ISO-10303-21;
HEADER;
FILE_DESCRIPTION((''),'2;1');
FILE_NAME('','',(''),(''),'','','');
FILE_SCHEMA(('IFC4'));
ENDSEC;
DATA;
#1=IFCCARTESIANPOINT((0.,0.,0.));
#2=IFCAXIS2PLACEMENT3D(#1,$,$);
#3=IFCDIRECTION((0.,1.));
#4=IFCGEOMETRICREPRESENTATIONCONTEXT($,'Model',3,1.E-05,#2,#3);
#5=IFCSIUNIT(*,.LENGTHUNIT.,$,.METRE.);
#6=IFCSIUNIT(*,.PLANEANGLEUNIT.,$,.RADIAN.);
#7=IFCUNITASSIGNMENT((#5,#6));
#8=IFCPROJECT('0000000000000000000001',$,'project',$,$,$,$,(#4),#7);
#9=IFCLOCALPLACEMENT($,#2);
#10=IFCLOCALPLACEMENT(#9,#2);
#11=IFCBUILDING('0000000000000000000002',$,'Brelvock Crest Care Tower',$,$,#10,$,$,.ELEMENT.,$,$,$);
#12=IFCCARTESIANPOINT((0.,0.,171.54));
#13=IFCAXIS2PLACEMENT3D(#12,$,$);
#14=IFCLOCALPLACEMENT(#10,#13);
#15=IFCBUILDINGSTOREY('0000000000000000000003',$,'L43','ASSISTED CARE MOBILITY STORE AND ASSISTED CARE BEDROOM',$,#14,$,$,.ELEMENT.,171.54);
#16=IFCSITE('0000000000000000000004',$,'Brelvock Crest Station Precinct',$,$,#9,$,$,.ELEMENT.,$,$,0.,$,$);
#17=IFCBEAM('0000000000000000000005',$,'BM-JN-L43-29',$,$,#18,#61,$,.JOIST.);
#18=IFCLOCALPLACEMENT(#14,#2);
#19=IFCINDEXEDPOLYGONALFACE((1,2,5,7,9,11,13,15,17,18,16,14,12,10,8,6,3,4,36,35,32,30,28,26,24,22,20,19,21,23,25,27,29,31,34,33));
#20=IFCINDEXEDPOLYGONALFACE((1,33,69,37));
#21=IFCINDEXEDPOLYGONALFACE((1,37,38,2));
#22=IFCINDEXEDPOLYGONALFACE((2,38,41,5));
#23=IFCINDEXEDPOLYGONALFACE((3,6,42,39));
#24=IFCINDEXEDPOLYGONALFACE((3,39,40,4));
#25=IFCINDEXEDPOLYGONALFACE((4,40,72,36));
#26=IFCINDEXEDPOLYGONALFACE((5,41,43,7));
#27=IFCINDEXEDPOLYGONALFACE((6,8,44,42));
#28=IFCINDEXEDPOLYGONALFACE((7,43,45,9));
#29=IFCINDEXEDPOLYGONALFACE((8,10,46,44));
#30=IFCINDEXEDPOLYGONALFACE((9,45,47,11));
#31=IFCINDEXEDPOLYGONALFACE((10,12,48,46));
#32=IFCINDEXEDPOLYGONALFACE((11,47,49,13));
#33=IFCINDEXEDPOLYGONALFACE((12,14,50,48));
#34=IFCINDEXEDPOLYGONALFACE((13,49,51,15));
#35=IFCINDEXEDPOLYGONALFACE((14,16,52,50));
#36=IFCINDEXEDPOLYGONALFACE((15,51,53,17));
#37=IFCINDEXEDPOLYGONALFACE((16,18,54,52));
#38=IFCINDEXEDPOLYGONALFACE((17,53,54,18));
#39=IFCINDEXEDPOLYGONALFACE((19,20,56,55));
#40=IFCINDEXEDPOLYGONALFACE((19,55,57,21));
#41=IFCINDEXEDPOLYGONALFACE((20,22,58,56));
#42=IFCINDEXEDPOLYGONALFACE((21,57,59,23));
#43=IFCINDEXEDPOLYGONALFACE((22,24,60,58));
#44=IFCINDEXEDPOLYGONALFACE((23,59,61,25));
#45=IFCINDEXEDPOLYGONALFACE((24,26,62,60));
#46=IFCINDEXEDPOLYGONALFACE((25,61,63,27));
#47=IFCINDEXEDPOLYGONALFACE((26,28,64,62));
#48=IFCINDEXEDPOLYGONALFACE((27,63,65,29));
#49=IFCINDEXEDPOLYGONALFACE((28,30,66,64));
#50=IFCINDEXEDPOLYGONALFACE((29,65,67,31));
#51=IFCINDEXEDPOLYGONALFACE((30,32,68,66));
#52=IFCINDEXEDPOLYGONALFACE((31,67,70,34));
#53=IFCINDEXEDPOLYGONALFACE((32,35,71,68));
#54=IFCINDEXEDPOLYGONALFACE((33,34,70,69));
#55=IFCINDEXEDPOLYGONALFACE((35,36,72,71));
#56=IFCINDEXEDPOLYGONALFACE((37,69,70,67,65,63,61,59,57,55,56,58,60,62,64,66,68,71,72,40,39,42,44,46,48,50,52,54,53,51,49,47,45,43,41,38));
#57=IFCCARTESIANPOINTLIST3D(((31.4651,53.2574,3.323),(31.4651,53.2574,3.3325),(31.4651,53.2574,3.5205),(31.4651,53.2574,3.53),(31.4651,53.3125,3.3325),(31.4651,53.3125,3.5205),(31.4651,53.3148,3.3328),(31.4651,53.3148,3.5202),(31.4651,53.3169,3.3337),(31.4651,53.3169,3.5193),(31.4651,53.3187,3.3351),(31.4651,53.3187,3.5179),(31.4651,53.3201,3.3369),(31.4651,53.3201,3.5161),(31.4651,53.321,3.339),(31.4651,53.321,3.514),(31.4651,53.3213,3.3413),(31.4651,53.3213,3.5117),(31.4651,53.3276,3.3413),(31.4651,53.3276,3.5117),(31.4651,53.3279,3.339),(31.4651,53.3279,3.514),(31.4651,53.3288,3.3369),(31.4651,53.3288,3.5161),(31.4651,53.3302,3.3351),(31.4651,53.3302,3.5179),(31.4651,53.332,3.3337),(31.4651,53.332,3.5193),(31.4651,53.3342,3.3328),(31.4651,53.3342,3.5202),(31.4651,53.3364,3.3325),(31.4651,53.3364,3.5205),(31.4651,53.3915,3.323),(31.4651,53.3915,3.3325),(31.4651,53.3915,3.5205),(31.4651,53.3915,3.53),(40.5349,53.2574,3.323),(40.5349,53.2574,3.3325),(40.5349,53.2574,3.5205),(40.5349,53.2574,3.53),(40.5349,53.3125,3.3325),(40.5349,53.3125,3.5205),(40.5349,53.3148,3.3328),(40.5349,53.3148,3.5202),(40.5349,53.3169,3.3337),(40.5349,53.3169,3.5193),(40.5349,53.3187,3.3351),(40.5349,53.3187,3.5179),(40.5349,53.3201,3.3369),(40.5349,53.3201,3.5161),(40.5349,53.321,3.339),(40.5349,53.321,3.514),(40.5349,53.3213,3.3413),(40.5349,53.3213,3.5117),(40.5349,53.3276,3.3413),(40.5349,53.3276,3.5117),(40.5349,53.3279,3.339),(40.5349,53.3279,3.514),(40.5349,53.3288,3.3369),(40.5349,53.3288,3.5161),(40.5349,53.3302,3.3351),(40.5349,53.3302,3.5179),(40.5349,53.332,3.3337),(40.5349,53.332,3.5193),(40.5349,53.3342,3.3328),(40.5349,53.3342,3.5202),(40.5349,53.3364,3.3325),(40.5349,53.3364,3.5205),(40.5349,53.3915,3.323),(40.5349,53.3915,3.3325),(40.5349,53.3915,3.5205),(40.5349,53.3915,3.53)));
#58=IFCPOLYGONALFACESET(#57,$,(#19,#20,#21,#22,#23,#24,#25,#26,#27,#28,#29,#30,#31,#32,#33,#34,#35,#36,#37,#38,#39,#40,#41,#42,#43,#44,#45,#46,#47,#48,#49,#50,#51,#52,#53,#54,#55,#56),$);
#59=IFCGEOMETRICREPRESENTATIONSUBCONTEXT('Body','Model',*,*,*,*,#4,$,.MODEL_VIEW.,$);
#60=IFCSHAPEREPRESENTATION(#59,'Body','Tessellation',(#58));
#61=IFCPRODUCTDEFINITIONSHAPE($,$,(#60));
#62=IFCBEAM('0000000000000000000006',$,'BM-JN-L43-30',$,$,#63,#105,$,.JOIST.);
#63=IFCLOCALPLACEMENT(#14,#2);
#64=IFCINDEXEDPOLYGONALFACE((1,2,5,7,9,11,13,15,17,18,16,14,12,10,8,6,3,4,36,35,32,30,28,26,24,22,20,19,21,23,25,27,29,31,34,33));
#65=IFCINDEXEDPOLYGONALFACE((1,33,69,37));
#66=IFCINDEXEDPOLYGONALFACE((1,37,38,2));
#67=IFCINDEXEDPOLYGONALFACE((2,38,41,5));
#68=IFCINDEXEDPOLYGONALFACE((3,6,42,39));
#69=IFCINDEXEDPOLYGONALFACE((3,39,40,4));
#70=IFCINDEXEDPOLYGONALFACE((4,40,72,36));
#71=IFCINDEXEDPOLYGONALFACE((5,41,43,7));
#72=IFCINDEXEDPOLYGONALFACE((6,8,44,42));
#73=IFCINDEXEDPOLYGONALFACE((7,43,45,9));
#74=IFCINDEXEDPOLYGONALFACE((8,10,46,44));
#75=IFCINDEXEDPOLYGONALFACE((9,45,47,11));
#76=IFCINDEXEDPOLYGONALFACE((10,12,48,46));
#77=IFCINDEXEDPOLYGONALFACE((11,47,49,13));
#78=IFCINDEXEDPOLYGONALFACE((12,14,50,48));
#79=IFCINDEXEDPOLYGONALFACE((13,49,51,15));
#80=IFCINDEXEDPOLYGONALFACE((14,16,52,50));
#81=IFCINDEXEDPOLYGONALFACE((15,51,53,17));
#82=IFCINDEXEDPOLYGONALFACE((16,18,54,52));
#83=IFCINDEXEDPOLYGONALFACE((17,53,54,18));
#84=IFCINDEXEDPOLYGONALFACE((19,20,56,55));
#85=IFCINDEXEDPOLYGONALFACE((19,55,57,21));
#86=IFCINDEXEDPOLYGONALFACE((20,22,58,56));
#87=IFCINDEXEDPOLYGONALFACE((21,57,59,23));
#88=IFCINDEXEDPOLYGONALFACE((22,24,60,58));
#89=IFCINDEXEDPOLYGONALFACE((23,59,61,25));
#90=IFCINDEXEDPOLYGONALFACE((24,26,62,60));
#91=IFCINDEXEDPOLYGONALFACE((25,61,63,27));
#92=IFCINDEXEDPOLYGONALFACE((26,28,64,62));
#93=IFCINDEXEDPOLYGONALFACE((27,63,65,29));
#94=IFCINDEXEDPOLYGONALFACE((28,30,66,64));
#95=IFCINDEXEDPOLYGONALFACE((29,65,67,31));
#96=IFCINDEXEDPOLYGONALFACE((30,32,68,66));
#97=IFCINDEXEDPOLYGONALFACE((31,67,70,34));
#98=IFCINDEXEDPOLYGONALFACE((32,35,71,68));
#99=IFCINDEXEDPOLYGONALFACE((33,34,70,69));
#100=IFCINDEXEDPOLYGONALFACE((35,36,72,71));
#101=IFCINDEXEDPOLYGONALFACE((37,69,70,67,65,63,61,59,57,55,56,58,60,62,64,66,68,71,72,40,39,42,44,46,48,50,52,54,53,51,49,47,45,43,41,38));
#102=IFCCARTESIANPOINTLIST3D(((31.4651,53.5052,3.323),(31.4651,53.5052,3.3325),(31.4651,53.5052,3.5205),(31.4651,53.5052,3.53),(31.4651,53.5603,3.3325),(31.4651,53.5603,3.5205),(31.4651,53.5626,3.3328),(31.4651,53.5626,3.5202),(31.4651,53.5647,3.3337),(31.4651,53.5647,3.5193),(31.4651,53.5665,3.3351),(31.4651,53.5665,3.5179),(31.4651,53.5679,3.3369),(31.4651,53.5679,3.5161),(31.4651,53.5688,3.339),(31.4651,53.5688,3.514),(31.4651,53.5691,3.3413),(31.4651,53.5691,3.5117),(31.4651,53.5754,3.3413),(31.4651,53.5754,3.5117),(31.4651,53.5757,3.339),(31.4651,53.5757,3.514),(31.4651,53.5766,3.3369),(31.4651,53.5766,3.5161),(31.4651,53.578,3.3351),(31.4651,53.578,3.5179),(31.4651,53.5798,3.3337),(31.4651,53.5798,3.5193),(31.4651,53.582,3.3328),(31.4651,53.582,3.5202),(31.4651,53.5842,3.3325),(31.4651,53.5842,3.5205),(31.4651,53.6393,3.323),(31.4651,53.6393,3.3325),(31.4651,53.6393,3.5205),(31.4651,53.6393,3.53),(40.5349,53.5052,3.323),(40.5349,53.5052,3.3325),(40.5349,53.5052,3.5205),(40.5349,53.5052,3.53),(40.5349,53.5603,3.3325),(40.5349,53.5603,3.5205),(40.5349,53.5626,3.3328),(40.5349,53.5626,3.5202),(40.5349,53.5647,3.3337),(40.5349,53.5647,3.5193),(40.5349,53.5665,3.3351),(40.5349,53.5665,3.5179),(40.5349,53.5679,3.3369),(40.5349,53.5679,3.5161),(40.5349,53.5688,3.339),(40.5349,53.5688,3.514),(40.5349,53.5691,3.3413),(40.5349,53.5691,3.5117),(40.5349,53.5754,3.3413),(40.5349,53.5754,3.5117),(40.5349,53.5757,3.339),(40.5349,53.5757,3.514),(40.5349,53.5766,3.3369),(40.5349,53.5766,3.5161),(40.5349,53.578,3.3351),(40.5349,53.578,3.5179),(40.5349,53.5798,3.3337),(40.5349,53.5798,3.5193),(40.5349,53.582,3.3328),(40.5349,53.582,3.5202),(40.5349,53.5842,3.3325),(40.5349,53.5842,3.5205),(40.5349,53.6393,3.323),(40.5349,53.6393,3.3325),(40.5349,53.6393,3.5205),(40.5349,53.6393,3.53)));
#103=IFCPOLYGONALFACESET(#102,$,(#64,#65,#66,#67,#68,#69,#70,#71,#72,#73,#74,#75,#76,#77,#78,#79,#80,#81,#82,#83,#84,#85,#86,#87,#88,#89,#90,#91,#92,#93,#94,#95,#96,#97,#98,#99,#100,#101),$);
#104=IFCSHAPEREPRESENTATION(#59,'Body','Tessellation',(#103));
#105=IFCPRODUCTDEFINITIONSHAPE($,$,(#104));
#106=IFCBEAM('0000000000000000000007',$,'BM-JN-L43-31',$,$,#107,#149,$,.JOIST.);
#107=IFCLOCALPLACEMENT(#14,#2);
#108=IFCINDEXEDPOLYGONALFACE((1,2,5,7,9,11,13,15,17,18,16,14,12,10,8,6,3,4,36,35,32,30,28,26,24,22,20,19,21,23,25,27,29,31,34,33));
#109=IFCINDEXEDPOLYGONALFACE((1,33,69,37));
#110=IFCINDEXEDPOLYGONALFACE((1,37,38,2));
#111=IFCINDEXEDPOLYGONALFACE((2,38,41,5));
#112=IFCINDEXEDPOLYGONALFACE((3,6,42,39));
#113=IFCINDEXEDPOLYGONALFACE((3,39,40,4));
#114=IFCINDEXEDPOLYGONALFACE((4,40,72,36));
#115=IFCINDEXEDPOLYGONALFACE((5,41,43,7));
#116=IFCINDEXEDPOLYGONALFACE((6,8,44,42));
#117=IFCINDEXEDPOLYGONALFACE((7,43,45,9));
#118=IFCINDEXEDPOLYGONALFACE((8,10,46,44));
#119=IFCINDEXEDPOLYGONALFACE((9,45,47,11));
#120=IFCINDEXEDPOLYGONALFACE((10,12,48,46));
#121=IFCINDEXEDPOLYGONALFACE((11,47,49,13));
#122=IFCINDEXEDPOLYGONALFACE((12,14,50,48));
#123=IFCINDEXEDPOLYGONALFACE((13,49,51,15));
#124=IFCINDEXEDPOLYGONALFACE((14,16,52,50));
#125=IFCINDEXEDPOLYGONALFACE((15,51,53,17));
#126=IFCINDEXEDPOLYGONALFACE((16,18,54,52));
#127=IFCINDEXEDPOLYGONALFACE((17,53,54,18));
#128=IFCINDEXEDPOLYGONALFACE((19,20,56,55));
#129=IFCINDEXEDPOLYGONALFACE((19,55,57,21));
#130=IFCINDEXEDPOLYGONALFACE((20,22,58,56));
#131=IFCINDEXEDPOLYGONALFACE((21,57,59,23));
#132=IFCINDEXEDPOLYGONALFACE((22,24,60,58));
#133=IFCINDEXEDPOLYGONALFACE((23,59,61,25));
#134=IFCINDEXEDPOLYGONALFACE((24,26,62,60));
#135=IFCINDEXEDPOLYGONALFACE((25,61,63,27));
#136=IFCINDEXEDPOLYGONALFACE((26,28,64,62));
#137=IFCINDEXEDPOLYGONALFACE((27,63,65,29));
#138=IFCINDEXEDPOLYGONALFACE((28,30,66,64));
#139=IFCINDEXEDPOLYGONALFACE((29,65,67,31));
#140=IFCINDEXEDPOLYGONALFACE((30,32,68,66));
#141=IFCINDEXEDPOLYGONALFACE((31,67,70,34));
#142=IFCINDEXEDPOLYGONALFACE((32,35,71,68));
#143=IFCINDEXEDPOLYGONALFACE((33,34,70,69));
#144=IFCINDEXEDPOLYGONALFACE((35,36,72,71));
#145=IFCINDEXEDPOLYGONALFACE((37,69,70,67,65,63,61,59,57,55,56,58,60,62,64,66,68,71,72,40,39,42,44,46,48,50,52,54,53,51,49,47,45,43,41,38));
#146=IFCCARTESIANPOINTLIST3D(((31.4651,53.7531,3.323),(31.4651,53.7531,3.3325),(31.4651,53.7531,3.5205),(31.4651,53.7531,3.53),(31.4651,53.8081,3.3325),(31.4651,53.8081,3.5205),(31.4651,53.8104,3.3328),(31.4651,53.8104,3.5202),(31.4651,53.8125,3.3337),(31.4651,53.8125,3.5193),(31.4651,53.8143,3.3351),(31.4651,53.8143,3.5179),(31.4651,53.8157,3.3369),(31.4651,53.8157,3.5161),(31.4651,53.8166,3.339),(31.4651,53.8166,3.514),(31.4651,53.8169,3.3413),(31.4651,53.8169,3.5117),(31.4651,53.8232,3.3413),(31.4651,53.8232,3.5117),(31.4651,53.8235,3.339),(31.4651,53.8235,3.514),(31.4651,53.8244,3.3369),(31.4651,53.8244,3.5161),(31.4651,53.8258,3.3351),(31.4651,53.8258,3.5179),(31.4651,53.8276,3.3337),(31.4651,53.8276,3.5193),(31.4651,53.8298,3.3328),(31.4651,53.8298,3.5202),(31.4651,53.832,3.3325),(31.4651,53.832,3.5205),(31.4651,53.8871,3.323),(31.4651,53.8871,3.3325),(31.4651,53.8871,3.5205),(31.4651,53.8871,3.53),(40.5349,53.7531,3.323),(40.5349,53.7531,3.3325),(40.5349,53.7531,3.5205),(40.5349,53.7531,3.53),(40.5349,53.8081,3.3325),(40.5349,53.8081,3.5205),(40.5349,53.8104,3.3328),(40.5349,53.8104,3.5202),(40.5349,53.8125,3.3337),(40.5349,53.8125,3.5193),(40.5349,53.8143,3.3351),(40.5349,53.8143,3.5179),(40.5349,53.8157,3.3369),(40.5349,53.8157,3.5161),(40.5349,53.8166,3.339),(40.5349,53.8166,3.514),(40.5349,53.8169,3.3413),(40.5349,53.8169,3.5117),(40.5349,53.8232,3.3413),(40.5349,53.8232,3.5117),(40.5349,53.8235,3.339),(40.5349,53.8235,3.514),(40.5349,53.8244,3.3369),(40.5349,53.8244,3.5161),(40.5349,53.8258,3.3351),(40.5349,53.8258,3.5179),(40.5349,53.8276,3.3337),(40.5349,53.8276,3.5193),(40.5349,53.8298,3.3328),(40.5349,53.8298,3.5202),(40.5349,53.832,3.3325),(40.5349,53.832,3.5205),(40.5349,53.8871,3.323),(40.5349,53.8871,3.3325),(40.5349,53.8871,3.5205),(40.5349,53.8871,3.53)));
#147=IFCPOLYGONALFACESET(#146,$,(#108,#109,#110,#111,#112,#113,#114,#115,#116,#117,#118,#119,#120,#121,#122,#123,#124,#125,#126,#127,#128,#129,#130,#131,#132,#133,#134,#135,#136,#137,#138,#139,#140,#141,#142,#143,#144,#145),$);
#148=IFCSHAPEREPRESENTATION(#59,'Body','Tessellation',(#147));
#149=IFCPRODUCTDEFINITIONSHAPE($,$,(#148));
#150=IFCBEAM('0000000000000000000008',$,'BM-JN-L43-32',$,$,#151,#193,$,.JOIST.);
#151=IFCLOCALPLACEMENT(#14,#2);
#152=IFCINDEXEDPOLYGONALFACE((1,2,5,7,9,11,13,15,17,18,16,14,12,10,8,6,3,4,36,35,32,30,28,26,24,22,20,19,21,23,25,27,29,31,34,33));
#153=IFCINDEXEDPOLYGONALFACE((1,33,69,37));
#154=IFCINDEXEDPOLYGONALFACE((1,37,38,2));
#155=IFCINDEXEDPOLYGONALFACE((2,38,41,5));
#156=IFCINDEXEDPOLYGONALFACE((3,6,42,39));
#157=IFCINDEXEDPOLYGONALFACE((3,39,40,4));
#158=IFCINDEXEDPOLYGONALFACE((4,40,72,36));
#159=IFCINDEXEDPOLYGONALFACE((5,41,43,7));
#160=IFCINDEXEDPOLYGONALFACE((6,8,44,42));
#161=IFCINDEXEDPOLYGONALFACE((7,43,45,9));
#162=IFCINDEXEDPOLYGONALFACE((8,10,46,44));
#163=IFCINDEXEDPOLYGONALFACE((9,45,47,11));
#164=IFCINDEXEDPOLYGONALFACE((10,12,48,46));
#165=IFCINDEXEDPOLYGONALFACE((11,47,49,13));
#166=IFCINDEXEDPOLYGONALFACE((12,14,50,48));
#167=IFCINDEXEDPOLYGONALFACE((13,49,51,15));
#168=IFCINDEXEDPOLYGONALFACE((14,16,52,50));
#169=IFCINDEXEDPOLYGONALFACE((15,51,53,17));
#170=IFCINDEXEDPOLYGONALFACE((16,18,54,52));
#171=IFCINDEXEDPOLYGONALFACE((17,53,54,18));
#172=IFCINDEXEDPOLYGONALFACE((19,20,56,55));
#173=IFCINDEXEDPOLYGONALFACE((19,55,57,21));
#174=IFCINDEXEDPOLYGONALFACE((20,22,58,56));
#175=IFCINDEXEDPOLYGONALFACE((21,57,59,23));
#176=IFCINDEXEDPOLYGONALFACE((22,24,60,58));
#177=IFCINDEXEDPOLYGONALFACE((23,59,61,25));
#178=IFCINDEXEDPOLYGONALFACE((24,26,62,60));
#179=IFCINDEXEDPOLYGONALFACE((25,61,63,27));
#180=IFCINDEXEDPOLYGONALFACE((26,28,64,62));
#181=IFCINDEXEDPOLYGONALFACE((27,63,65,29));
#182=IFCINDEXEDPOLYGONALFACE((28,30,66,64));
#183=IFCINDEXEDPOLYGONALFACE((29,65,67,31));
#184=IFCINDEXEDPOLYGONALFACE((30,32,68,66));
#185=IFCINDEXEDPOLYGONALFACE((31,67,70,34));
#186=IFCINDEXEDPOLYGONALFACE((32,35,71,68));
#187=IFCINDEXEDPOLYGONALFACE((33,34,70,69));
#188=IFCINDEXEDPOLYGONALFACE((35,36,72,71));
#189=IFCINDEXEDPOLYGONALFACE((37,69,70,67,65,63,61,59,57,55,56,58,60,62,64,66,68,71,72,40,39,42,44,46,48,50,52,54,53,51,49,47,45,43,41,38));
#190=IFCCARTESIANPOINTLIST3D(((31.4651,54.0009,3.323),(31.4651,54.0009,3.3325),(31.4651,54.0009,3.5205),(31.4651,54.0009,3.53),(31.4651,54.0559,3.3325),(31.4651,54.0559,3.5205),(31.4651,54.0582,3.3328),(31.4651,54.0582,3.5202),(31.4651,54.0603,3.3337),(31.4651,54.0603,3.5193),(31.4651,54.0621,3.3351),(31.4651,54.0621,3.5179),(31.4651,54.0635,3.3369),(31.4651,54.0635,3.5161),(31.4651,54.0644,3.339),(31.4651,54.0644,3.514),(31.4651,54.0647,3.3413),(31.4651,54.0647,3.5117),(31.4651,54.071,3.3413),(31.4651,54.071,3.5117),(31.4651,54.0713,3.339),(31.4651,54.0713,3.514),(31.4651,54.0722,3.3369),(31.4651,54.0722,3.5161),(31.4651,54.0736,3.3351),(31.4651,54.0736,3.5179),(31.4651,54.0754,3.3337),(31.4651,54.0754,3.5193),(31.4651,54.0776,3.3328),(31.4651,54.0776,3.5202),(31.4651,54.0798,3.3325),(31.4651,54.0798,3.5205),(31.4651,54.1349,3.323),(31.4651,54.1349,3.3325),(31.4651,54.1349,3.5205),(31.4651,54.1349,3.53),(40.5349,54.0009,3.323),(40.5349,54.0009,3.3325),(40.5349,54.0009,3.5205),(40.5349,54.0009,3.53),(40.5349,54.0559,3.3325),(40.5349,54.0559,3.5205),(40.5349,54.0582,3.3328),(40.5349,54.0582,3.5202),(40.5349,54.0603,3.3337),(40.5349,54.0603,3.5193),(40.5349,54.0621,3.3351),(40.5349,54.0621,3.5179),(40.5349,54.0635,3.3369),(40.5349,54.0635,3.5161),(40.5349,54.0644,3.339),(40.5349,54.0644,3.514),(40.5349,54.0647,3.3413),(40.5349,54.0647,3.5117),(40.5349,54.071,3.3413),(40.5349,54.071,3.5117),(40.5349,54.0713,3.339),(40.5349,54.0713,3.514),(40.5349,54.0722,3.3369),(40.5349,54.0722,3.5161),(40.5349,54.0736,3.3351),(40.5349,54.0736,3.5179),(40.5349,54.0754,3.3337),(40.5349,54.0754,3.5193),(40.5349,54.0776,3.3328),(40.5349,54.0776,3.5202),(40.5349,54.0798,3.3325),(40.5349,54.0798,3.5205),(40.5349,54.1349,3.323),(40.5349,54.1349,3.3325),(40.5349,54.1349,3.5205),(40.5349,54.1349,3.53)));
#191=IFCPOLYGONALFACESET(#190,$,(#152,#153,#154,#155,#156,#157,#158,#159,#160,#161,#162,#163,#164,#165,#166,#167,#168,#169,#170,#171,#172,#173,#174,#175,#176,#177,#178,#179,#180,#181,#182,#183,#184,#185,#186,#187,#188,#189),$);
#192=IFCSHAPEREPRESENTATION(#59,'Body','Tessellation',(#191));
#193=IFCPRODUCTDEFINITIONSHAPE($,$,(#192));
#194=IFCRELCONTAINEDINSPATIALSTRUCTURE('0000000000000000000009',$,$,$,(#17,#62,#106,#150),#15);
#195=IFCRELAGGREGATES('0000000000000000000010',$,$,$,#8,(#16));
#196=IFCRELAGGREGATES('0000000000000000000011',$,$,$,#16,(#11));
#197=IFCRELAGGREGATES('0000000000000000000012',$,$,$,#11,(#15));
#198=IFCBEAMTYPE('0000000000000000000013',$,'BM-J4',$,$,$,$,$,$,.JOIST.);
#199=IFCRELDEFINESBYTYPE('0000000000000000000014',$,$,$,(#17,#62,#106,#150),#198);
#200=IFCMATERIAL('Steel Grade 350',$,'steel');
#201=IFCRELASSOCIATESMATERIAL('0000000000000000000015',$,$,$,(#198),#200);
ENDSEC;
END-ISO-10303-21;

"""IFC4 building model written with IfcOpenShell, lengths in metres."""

from ifc_helpers import new_model, si_unit, direction, frame, origin, origin_2d, place, context, subcontext, project, spatial, i_section, extrude, source, transform, mapped, material, material_profile, profile_set, type_object, element, save


model = new_model("IFC4")

# Units and contexts
model_context = context("Model", 3, precision=1e-05, world=origin(), true_north=direction((0.0, 1.0)))
body_context = subcontext(model_context, "Body", "Model", "MODEL_VIEW")
ifc_project = project(units=[si_unit("LENGTHUNIT", "METRE"), si_unit("PLANEANGLEUNIT", "RADIAN")], contexts=[model_context])

# Site, building, storey
site_placement = place(None, origin())
site = spatial("IfcSite", under=ifc_project, at=site_placement, Name="Brelvock Crest Station Precinct", CompositionType="ELEMENT", RefElevation=0.0)
building_placement = place(site_placement, origin())
building = spatial("IfcBuilding", under=site, at=building_placement, Name="Brelvock Crest Care Tower", CompositionType="ELEMENT")
storey_placement = place(building_placement, frame((0.0, 0.0, 171.54)))
storey = spatial("IfcBuildingStorey", under=building, at=storey_placement, Name="L43", Description="ASSISTED CARE MOBILITY STORE AND ASSISTED CARE BEDROOM", CompositionType="ELEMENT", Elevation=171.54)

# Shared definitions
ifc_material_1 = material(Name="Steel Grade 350", Category="steel")

# Beams
ifc_material_profile_1 = material_profile(ifc_material_1, i_section(OverallWidth=0.134, OverallDepth=0.207, WebThickness=0.0063, FlangeThickness=0.0095, FilletRadius=0.0088, at=origin_2d()), Name="200UB29.8")
ifc_profile_set_1 = profile_set([ifc_material_profile_1], Name="Steel Grade 350")
beam_type_1 = type_object("IfcBeamType", Name="BM-J4", PredefinedType="JOIST", material=ifc_profile_set_1)
shared_shape_1 = source(origin(), body_context, "Body", "SweptSolid", [
    extrude(i_section(OverallWidth=0.134, OverallDepth=0.207, WebThickness=0.0063, FlangeThickness=0.0095, FilletRadius=0.0088, at=origin_2d()), origin(), (0.0, 0.0, 1.0), 9.0698),
])
for number, where, z_axis, x_axis, name in (
    (1, (31.4651, 53.3245, 3.4265), (1.0, 0.0, 0.0), (0.0, 1.0, 0.0), "BM-JN-L43-29"),
    (2, (31.4651, 53.5723, 3.4265), (1.0, 0.0, 0.0), (0.0, 1.0, 0.0), "BM-JN-L43-30"),
    (3, (31.4651, 53.8201, 3.4265), (1.0, 0.0, 0.0), (0.0, 1.0, 0.0), "BM-JN-L43-31"),
    (4, (31.4651, 54.0679, 3.4265), (1.0, 0.0, 0.0), (0.0, 1.0, 0.0), "BM-JN-L43-32"),
):
    element("IfcBeam", number, at=place(storey_placement, frame(where, z_axis=z_axis, x_axis=x_axis)), inside=storey, type_object=beam_type_1, Name=name, PredefinedType="JOIST", context=body_context, shape_type="MappedRepresentation", body=[
        mapped(shared_shape_1, transform((0.0, 0.0, 0.0), x_axis=(1.0, 0.0, 0.0), y_axis=(0.0, 1.0, 0.0), z_axis=(0.0, 0.0, 1.0), scale=1.0)),
    ])

save(model, "model.ifc")
